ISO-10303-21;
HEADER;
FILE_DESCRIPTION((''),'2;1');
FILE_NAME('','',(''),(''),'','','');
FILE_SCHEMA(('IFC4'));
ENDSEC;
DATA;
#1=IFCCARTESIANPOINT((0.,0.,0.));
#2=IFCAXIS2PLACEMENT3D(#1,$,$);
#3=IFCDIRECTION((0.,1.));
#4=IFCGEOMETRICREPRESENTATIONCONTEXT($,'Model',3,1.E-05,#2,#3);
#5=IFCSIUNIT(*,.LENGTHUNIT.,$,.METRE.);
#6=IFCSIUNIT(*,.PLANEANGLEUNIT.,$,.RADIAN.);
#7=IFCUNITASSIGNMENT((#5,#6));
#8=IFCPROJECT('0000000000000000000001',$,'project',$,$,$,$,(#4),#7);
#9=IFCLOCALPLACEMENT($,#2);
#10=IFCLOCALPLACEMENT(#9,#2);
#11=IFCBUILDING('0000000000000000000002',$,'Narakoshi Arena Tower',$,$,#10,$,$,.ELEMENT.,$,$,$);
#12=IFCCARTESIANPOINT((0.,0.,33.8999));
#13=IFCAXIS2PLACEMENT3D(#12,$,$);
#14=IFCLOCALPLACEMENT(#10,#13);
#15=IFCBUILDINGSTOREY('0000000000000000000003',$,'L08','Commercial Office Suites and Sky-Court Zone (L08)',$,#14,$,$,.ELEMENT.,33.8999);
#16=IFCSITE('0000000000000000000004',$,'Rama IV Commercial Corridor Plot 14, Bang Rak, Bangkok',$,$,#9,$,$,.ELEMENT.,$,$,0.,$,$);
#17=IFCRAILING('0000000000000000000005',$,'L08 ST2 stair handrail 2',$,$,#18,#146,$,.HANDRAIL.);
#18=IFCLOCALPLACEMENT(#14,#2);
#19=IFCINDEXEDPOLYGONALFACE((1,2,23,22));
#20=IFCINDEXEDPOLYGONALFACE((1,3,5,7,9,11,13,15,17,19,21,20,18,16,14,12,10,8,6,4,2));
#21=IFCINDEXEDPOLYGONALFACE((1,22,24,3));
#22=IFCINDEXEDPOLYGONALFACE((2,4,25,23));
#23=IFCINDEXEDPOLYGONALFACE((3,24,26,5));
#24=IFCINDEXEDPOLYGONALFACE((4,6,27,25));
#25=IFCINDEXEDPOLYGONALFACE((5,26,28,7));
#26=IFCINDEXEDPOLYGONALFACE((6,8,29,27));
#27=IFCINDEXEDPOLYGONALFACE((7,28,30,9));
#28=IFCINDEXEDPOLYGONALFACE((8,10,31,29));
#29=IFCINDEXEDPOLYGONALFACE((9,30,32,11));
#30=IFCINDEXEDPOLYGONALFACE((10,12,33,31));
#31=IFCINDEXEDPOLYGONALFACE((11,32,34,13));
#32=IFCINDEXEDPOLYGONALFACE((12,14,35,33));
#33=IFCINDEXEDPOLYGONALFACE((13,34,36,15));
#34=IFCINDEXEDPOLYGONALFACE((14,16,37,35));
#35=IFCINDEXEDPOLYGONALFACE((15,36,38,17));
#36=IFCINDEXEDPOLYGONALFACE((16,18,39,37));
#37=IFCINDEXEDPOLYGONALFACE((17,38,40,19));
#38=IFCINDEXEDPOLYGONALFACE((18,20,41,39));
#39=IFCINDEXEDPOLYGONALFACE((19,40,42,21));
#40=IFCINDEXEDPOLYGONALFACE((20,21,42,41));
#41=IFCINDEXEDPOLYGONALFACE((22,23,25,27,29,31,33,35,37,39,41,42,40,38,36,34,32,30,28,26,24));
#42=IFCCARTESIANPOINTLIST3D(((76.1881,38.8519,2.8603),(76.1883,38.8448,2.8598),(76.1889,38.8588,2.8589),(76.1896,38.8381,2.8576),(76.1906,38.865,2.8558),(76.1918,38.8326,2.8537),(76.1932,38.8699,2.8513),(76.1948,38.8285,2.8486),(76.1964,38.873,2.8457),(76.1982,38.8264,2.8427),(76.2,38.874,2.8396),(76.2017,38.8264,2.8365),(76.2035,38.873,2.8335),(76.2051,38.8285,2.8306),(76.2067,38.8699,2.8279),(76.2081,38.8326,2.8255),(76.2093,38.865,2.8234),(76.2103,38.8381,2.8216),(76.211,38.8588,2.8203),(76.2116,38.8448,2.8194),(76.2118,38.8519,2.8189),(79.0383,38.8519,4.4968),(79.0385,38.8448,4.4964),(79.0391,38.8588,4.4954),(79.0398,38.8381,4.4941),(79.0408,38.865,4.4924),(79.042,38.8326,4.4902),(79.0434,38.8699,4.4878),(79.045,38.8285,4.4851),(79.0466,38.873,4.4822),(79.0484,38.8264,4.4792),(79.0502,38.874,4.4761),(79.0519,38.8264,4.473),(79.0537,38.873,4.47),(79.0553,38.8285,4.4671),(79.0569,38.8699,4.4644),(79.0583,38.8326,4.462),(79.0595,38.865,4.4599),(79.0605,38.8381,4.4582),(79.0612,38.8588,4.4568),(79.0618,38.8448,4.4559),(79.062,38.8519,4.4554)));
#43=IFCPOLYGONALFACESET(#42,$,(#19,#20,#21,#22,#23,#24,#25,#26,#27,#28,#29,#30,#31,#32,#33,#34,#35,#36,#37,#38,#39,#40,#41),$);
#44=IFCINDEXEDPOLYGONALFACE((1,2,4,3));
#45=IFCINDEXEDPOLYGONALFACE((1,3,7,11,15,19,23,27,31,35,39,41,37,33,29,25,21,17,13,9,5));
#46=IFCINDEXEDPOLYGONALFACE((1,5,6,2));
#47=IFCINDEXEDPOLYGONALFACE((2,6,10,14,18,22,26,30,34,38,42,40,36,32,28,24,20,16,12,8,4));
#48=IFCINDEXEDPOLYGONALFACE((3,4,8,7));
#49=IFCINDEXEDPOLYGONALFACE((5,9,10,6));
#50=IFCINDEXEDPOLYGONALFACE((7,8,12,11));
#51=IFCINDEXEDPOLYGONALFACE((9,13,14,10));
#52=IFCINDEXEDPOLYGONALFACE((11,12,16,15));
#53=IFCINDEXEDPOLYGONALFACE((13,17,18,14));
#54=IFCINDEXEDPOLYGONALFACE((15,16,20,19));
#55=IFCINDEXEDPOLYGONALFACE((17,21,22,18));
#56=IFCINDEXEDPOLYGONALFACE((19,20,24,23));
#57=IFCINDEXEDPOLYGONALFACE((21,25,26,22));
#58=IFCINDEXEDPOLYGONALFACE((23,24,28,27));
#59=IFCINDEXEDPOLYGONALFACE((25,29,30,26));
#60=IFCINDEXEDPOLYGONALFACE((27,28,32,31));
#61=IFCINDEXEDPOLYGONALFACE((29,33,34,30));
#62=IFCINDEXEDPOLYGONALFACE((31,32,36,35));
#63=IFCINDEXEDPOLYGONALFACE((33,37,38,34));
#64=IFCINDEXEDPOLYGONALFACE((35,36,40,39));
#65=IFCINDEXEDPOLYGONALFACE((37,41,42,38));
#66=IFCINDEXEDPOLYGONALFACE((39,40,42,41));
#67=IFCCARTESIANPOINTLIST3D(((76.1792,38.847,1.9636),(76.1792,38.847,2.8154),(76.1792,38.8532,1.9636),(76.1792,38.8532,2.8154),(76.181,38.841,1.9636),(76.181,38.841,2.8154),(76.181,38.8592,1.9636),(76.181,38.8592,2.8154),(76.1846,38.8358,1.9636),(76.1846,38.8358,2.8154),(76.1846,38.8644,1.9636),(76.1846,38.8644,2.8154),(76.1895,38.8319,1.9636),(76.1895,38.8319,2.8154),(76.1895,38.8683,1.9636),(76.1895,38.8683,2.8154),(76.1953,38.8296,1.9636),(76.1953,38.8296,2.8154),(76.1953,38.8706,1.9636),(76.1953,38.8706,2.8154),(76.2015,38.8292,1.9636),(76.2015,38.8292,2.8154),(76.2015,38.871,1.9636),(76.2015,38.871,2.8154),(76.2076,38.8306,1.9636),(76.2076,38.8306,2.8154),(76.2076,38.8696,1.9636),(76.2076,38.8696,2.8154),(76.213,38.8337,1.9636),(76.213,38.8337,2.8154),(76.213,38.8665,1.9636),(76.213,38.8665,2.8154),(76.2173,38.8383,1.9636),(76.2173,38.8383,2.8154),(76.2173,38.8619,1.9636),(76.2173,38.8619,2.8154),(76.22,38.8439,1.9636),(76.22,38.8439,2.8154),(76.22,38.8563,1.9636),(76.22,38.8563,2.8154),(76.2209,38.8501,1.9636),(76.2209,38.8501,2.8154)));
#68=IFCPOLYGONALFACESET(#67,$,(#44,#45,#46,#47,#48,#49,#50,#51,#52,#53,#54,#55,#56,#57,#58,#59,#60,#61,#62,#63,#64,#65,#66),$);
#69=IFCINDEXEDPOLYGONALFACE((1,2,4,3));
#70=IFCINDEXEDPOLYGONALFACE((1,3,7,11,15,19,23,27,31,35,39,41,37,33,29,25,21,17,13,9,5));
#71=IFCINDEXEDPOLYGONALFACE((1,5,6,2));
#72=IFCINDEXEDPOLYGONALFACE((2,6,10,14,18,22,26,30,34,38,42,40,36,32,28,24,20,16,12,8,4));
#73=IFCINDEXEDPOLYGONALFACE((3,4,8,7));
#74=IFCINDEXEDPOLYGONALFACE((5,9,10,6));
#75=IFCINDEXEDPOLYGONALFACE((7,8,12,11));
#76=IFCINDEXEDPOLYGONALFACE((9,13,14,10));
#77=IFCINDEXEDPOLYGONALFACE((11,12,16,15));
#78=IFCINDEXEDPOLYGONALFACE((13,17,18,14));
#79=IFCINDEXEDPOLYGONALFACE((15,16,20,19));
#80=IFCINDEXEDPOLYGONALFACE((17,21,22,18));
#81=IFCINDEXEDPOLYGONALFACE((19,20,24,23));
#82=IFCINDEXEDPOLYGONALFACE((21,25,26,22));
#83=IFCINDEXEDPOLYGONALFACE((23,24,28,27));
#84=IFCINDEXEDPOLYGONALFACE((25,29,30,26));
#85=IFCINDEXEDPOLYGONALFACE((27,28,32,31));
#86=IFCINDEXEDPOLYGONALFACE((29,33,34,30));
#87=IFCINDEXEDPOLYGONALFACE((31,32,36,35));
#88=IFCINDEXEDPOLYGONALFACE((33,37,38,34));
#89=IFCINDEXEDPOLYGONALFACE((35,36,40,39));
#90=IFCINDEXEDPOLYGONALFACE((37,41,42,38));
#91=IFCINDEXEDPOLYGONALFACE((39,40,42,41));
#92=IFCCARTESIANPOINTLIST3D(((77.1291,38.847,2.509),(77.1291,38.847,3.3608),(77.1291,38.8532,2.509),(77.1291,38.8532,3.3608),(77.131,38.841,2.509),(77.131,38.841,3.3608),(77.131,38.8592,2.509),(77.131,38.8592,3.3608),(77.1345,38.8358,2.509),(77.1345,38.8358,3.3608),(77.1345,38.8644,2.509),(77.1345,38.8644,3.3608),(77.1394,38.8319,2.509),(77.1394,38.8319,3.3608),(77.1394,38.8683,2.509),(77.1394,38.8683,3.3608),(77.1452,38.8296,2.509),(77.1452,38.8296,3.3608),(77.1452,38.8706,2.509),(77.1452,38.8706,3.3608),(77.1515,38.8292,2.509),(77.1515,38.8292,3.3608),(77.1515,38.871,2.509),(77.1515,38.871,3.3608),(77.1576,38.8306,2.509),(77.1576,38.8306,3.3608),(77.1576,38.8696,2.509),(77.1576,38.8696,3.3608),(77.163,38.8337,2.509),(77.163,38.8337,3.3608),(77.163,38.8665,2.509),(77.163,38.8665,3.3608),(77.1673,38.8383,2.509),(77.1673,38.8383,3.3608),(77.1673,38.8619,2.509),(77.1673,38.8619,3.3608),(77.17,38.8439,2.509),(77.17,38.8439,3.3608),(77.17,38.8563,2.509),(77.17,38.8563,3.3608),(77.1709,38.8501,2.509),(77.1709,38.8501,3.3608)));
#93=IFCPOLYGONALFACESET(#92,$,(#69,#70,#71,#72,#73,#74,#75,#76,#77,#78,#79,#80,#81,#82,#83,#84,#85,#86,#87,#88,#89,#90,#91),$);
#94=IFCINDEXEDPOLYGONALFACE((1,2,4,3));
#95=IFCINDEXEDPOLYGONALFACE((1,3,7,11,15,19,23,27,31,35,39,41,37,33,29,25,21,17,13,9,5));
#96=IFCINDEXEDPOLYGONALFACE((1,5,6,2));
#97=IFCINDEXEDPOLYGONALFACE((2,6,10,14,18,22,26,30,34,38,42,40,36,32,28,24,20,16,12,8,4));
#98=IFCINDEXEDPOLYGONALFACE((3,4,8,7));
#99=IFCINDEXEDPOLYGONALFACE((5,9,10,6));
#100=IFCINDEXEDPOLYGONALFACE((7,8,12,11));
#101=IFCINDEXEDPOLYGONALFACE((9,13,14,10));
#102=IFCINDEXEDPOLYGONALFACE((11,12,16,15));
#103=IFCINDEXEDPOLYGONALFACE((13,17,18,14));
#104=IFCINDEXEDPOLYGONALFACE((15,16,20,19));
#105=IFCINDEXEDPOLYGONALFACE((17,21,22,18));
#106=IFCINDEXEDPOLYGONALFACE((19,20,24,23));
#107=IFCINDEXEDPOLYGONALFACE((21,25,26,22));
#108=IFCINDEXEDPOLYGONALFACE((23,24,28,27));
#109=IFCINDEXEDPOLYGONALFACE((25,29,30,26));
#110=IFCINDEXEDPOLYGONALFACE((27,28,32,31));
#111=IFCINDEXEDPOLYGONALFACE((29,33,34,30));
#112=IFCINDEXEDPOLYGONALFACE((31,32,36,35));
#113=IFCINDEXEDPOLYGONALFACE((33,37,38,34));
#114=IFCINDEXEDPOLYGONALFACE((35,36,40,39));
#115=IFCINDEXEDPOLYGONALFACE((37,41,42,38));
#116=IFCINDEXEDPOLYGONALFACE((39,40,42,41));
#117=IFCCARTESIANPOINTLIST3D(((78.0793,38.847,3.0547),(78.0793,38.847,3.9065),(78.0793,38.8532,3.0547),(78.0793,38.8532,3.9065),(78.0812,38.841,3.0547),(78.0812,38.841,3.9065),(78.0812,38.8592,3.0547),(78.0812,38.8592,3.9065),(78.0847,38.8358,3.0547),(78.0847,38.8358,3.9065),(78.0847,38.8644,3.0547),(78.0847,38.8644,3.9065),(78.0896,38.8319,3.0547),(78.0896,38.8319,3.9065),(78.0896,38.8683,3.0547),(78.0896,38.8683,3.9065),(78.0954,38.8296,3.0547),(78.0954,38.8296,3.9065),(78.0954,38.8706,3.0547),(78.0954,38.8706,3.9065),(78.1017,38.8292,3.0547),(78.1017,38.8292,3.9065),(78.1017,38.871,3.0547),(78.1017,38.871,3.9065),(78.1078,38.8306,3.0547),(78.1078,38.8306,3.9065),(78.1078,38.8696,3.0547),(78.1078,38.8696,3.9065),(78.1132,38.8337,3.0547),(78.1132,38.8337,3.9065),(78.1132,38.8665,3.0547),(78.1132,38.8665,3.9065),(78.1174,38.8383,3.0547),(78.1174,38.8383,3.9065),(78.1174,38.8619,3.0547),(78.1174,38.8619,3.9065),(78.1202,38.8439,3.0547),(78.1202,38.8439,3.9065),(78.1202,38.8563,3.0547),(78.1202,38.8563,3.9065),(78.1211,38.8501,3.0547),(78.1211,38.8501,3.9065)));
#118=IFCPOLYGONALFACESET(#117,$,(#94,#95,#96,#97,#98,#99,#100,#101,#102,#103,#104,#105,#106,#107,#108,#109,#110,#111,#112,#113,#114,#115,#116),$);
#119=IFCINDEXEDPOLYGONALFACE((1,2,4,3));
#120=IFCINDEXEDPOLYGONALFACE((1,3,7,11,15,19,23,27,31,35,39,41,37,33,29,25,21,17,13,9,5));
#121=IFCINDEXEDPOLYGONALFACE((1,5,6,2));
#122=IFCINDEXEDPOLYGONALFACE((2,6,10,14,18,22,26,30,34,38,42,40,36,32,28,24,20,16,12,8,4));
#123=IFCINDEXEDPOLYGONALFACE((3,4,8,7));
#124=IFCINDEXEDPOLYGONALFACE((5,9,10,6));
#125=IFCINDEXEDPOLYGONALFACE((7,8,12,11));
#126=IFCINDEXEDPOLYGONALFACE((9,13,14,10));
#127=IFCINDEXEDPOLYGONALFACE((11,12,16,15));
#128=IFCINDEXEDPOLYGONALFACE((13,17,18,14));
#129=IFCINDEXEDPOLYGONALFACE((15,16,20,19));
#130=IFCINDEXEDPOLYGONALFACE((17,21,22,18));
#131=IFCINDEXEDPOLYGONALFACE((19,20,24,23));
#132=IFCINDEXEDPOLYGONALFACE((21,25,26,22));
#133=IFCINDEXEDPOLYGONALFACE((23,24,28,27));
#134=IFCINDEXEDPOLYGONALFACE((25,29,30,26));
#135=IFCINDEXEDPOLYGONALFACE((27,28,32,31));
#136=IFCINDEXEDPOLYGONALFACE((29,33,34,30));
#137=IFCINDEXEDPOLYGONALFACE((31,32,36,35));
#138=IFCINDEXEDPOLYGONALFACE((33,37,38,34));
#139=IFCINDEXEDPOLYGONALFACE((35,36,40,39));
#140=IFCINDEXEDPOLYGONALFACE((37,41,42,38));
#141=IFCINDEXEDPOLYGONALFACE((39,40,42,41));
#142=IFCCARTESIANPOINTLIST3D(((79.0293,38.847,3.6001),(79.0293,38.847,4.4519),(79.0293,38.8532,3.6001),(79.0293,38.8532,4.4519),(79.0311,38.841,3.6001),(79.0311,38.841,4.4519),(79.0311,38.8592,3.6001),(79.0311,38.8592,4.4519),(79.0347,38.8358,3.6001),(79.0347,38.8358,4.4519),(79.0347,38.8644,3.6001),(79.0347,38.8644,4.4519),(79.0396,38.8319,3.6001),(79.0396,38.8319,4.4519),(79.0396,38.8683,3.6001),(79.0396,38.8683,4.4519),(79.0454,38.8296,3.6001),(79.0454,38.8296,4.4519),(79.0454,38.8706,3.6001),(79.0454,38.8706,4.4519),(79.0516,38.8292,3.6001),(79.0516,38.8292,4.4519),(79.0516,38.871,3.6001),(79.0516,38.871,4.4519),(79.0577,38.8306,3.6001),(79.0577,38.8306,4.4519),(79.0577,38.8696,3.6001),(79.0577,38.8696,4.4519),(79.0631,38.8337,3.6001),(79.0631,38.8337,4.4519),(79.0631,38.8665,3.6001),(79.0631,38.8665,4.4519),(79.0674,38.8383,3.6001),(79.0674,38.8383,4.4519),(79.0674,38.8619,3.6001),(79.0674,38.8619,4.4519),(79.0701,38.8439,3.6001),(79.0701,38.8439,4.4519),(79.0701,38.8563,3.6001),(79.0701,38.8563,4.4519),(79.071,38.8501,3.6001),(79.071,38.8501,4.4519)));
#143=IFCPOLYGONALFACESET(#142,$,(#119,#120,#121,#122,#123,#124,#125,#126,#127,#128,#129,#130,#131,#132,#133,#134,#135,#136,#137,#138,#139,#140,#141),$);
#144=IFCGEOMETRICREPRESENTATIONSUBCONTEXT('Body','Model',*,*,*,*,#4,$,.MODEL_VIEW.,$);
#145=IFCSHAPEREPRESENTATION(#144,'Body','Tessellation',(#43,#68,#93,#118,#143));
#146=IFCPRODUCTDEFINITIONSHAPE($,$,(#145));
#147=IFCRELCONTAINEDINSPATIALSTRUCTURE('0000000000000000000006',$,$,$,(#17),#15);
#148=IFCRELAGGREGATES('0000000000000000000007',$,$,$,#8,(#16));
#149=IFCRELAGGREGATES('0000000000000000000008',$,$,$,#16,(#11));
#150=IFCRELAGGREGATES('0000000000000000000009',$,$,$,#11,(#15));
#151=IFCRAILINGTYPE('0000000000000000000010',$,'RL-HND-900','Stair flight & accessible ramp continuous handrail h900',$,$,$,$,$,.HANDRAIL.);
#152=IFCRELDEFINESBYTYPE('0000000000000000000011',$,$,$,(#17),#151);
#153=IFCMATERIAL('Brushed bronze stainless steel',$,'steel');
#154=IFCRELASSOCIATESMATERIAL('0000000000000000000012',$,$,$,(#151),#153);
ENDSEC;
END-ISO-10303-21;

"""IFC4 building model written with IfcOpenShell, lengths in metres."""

from ifc_helpers import new_model, si_unit, direction, frame, origin, origin_2d, place, context, subcontext, project, spatial, circle, extrude, material, type_object, element, save


model = new_model("IFC4")

# Units and contexts
model_context = context("Model", 3, precision=1e-05, world=origin(), true_north=direction((0.0, 1.0)))
body_context = subcontext(model_context, "Body", "Model", "MODEL_VIEW")
ifc_project = project(units=[si_unit("LENGTHUNIT", "METRE"), si_unit("PLANEANGLEUNIT", "RADIAN")], contexts=[model_context])

# Site, building, storey
site_placement = place(None, origin())
site = spatial("IfcSite", under=ifc_project, at=site_placement, Name="Rama IV Commercial Corridor Plot 14, Bang Rak, Bangkok", CompositionType="ELEMENT", RefElevation=0.0)
building_placement = place(site_placement, origin())
building = spatial("IfcBuilding", under=site, at=building_placement, Name="Narakoshi Arena Tower", CompositionType="ELEMENT")
storey_placement = place(building_placement, frame((0.0, 0.0, 33.8999)))
storey = spatial("IfcBuildingStorey", under=building, at=storey_placement, Name="L08", Description="Commercial Office Suites and Sky-Court Zone (L08)", CompositionType="ELEMENT", Elevation=33.8999)

# Shared definitions
ifc_material_1 = material(Name="Brushed bronze stainless steel", Category="steel")

# Railing
railing_type_1 = type_object("IfcRailingType", Name="RL-HND-900", Description="Stair flight & accessible ramp continuous handrail h900", PredefinedType="HANDRAIL", material=ifc_material_1)
railing_1_placement = place(storey_placement, frame((76.2, 38.8501, 1.9636)))
element("IfcRailing", 1, at=railing_1_placement, inside=storey, type_object=railing_type_1, Name="L08 ST2 stair handrail 2", PredefinedType="HANDRAIL", context=body_context, shape_type="SweptSolid", body=[
    extrude(circle(Radius=0.0239, at=origin_2d()), frame((0.0, 0.0, 0.876), z_axis=(0.867213, 0.0, 0.497938), x_axis=(0.0, 1.0, 0.0)), (0.0, 0.0, 1.0), 3.2866),
    extrude(circle(Radius=0.021, at=origin_2d()), origin(), (0.0, 0.0, 1.0), 0.8518),
    extrude(circle(Radius=0.021, at=origin_2d()), frame((0.95, 0.0, 0.5454)), (0.0, 0.0, 1.0), 0.8518),
    extrude(circle(Radius=0.021, at=origin_2d()), frame((1.9001, 0.0, 1.0911)), (0.0, 0.0, 1.0), 0.8518),
    extrude(circle(Radius=0.021, at=origin_2d()), frame((2.8501, 0.0, 1.6365)), (0.0, 0.0, 1.0), 0.8518),
])

save(model, "model.ifc")
